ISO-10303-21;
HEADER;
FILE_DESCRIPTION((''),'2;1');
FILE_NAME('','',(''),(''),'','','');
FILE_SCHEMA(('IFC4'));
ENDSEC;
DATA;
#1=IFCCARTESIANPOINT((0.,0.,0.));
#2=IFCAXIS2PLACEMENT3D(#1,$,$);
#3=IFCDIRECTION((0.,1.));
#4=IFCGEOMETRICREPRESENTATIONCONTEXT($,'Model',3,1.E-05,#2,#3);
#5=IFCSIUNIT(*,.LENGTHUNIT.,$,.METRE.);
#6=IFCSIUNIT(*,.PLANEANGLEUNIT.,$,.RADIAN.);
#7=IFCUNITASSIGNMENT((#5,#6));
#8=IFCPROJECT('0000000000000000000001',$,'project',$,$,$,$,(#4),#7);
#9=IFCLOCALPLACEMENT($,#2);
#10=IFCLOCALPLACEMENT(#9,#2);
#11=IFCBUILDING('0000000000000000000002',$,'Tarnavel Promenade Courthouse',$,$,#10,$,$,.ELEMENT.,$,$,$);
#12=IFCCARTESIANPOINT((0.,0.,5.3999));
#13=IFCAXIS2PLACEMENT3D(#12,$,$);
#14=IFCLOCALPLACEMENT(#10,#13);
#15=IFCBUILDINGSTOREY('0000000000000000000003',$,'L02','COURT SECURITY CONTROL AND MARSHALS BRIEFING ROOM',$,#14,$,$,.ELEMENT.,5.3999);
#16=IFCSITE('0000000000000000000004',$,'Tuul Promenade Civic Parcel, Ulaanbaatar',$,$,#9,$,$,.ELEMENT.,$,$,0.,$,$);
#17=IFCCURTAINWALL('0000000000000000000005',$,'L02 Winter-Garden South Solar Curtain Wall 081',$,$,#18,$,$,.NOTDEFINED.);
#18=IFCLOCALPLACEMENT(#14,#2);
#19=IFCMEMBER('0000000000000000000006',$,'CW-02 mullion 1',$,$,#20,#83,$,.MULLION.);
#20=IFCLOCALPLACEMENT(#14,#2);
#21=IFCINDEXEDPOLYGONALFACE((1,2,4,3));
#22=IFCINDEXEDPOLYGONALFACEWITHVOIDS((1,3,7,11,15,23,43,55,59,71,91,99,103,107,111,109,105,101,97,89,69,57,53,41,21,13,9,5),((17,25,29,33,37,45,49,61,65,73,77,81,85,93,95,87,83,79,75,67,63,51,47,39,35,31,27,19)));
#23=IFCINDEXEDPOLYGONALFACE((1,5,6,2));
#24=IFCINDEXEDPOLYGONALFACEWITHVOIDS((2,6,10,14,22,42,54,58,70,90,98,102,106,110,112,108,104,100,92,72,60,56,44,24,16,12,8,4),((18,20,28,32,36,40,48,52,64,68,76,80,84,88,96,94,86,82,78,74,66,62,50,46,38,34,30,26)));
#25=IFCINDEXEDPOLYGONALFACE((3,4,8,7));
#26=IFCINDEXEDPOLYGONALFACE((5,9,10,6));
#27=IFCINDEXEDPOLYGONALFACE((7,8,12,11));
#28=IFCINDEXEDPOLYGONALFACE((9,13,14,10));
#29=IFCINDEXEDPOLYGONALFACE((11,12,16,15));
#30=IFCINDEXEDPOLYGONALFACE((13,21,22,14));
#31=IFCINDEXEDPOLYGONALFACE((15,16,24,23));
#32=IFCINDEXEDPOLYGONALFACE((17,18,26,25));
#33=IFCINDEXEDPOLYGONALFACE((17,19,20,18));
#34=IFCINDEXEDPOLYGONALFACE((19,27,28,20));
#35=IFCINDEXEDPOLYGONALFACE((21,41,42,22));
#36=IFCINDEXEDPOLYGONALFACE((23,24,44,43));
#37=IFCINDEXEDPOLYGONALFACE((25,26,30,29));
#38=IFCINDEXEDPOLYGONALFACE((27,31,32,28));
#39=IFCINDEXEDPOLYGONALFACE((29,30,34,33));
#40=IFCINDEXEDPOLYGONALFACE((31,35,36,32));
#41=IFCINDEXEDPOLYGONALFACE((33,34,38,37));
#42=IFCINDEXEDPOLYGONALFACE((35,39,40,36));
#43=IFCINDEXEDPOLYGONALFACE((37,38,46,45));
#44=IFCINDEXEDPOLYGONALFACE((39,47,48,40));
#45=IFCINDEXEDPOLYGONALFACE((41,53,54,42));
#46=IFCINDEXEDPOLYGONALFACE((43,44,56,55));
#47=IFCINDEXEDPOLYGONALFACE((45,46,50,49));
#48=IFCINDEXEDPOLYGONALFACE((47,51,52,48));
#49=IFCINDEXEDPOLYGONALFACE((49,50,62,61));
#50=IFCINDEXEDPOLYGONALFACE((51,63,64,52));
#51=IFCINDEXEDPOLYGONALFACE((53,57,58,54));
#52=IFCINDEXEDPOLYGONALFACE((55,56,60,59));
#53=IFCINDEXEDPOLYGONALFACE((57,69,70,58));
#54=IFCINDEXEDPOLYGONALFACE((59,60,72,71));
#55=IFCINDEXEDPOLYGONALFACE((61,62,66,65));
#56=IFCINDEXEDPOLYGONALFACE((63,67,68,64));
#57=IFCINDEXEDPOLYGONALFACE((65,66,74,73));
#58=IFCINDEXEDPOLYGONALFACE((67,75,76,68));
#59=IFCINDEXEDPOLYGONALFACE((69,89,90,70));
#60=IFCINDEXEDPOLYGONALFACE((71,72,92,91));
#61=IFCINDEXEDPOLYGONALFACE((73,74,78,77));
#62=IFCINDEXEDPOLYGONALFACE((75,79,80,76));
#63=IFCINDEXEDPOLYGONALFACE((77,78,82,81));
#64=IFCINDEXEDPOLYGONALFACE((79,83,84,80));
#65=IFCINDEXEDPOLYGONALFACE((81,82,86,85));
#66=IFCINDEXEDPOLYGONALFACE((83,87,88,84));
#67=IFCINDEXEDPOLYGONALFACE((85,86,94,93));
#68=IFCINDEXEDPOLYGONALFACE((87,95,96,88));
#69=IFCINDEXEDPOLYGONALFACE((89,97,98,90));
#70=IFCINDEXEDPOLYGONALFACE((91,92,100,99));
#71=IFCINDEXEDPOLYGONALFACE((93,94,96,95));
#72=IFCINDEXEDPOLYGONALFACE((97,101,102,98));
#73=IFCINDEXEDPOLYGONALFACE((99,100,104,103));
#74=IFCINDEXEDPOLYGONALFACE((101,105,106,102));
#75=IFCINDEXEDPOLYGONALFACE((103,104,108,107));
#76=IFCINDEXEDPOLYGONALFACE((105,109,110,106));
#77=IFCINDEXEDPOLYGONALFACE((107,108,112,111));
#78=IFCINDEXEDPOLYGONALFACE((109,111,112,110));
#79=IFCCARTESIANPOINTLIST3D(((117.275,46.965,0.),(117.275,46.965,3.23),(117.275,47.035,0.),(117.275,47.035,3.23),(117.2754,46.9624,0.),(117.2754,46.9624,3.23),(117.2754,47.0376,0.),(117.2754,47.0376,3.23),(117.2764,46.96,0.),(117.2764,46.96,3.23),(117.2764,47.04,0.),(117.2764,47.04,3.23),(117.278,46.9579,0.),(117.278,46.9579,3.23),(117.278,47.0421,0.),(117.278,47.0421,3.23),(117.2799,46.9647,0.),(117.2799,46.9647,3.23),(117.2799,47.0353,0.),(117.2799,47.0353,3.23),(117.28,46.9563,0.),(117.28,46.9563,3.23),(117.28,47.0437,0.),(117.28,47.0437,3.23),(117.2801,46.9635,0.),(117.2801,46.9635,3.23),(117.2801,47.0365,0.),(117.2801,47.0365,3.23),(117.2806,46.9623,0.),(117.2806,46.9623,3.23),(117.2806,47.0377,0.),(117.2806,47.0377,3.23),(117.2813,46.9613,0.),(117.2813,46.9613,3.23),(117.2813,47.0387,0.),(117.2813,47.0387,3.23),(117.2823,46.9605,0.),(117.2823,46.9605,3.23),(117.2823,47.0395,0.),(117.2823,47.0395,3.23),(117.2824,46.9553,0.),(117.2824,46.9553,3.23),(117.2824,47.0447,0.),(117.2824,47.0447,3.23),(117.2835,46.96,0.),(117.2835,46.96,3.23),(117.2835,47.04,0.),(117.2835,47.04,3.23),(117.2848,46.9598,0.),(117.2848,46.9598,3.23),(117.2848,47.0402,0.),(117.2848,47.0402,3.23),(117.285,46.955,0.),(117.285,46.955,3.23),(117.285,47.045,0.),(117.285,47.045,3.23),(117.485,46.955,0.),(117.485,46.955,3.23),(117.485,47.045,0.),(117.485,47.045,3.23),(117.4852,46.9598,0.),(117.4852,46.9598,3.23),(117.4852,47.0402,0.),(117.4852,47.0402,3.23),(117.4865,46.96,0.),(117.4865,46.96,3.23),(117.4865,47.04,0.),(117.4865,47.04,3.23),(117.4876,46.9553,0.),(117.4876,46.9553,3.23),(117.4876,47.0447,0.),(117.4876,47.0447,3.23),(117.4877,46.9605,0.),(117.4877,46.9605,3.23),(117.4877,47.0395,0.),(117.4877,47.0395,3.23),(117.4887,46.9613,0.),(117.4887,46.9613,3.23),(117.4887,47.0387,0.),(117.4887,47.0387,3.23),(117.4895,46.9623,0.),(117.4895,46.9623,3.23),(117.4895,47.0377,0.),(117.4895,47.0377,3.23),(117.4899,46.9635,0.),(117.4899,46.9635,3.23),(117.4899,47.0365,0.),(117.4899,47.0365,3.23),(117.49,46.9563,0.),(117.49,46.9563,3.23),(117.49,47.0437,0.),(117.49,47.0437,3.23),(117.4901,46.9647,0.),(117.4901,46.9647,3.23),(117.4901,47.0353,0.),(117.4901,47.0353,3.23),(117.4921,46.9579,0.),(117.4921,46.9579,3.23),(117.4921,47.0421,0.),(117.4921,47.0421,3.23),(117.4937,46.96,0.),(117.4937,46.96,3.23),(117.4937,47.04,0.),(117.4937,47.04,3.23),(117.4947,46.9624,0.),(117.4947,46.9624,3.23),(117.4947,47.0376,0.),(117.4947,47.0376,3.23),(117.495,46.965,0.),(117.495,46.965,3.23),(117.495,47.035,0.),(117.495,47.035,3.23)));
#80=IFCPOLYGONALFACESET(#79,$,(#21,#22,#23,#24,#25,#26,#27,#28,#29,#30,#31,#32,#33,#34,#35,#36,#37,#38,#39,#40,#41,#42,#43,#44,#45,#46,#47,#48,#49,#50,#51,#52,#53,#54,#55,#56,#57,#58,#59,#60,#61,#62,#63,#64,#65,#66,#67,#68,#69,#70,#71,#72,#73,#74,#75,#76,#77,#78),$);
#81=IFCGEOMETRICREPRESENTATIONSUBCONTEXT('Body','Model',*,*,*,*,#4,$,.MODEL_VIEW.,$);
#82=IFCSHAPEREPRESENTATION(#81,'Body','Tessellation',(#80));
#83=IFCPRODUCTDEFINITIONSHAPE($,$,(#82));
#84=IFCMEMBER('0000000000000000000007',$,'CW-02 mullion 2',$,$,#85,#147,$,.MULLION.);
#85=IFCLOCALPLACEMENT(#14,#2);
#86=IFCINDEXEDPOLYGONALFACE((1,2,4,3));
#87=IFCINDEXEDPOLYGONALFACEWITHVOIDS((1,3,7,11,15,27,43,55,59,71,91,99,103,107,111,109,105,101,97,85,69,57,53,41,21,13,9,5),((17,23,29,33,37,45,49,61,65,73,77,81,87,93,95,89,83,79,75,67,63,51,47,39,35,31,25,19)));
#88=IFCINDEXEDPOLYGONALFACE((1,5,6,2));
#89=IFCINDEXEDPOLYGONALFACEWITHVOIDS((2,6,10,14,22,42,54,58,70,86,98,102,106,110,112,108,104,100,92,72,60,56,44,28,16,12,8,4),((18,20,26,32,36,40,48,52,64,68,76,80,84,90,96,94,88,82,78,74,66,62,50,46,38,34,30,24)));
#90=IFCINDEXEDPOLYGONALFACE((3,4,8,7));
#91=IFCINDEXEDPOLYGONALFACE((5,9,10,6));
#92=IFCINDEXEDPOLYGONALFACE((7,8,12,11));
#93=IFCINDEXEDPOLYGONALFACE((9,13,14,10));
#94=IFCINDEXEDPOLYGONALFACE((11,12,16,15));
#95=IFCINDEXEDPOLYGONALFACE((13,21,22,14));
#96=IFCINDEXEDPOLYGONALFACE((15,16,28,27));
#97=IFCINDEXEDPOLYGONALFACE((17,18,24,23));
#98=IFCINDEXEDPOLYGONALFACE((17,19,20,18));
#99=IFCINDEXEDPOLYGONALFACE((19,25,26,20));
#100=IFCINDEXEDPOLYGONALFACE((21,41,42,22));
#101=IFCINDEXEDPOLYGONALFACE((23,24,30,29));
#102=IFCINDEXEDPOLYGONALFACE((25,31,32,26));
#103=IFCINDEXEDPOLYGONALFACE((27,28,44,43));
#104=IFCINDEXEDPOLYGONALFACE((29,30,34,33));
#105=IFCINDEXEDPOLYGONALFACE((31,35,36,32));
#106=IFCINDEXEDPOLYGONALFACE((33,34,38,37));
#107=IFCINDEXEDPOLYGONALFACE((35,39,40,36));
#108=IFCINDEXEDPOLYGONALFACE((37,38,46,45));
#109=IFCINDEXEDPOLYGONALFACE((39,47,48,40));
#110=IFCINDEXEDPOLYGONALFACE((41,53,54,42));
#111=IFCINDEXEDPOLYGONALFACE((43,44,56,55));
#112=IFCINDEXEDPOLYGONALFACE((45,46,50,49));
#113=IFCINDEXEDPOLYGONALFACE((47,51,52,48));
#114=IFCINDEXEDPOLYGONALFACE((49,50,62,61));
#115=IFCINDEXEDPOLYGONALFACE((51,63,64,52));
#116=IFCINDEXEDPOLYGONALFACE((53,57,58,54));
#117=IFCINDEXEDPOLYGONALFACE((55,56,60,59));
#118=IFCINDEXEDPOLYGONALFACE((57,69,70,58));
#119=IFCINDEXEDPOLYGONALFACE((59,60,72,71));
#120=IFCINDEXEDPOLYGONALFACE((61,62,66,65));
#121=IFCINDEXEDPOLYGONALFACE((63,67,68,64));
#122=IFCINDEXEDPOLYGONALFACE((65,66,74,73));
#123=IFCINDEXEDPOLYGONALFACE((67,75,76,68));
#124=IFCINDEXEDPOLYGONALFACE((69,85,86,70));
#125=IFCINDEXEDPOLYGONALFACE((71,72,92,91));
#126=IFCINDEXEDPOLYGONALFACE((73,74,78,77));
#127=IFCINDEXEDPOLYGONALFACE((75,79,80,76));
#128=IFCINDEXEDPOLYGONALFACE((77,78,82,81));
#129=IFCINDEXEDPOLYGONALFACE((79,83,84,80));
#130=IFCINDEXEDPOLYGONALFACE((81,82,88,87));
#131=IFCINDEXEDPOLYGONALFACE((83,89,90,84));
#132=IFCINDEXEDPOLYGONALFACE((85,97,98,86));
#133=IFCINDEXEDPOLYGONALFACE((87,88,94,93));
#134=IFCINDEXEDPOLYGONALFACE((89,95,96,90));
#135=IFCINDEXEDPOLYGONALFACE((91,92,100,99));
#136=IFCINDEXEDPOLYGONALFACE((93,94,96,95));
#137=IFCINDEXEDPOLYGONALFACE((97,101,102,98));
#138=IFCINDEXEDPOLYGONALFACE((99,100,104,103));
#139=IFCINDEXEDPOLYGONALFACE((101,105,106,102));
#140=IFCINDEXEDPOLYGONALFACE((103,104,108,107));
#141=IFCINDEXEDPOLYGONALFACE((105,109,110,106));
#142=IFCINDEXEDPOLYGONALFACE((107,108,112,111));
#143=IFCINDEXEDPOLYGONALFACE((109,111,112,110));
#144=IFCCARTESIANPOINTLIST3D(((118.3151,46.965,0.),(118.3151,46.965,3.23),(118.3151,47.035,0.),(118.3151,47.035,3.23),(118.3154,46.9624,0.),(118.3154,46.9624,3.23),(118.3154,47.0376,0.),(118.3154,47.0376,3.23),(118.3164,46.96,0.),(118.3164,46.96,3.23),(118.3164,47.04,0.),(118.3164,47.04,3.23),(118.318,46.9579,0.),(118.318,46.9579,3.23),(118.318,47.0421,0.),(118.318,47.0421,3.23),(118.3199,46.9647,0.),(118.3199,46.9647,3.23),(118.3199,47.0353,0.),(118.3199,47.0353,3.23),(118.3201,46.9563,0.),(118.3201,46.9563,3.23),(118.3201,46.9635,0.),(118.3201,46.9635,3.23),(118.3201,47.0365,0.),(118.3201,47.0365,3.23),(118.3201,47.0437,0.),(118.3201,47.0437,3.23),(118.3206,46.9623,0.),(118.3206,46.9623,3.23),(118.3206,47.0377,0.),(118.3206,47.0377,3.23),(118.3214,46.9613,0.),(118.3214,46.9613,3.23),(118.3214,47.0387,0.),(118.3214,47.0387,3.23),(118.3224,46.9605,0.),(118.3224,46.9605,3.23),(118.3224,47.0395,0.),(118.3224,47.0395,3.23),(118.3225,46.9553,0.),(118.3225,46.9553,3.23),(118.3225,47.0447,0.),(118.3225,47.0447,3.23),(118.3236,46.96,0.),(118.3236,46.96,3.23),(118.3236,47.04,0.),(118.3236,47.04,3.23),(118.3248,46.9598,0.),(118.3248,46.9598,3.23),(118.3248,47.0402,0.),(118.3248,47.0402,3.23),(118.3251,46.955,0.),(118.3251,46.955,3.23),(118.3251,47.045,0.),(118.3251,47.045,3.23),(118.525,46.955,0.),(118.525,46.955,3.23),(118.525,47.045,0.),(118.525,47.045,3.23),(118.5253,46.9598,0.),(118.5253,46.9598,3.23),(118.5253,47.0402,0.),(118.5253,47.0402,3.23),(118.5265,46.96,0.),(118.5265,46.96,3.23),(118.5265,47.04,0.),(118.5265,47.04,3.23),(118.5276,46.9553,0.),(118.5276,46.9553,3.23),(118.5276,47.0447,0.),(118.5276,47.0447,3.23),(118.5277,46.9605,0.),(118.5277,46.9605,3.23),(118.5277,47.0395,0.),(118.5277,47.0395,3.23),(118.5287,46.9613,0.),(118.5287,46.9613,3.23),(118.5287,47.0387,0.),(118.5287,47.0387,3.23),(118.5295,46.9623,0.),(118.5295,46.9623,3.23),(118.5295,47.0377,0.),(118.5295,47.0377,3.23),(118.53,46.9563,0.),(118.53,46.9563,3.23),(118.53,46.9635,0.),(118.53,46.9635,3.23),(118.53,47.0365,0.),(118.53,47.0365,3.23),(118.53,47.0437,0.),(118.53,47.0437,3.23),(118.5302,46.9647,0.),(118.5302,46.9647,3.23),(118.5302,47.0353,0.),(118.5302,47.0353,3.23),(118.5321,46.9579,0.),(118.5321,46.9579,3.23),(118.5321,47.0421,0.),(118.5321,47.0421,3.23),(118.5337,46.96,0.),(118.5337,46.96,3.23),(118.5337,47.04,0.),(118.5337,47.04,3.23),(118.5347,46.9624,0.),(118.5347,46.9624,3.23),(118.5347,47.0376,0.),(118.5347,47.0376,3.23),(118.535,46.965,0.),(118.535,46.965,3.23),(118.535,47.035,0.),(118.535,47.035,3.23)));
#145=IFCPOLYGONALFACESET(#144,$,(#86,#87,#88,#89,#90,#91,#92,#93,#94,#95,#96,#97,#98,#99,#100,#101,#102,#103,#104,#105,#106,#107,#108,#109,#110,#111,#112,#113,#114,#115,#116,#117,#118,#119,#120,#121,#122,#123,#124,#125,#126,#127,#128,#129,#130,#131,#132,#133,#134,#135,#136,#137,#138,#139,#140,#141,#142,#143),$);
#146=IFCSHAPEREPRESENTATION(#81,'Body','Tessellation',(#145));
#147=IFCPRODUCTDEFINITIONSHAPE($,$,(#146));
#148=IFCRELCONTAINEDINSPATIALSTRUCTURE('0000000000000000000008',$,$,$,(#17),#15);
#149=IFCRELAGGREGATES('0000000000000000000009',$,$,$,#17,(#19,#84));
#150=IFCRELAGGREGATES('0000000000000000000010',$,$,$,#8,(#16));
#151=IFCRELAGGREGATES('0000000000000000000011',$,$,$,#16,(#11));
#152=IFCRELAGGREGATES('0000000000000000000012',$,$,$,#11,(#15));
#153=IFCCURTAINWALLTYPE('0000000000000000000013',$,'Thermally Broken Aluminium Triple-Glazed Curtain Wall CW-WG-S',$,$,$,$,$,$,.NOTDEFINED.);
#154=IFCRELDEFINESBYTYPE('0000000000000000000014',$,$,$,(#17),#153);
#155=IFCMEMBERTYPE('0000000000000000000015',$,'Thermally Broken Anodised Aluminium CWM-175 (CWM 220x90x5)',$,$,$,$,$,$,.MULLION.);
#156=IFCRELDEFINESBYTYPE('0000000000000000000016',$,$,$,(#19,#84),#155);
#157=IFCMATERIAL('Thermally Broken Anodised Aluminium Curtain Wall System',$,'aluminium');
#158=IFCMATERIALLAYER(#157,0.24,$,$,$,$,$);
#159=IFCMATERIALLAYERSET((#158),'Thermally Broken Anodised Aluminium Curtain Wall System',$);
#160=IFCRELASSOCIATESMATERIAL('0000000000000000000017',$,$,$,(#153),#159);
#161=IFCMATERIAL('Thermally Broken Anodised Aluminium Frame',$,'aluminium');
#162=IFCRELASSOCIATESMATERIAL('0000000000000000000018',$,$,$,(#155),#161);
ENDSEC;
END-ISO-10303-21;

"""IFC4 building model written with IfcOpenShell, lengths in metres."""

from ifc_helpers import new_model, si_unit, direction, frame, origin, origin_2d, place, context, subcontext, project, spatial, hollow_rectangle, extrude, material, layer, layer_set, material_profile, profile_set, type_object, element, aggregate, save


model = new_model("IFC4")

# Units and contexts
model_context = context("Model", 3, precision=1e-05, world=origin(), true_north=direction((0.0, 1.0)))
body_context = subcontext(model_context, "Body", "Model", "MODEL_VIEW")
ifc_project = project(units=[si_unit("LENGTHUNIT", "METRE"), si_unit("PLANEANGLEUNIT", "RADIAN")], contexts=[model_context])

# Site, building, storey
site_placement = place(None, origin())
site = spatial("IfcSite", under=ifc_project, at=site_placement, Name="Tuul Promenade Civic Parcel, Ulaanbaatar", CompositionType="ELEMENT", RefElevation=0.0)
building_placement = place(site_placement, origin())
building = spatial("IfcBuilding", under=site, at=building_placement, Name="Tarnavel Promenade Courthouse", CompositionType="ELEMENT")
storey_placement = place(building_placement, frame((0.0, 0.0, 5.3999)))
storey = spatial("IfcBuildingStorey", under=building, at=storey_placement, Name="L02", Description="COURT SECURITY CONTROL AND MARSHALS BRIEFING ROOM", CompositionType="ELEMENT", Elevation=5.3999)

# Curtain wall, members
ifc_material_1 = material(Name="Thermally Broken Anodised Aluminium Curtain Wall System", Category="aluminium")
ifc_layer_1 = layer(ifc_material_1, 0.24)
ifc_layer_set_1 = layer_set([ifc_layer_1], Name="Thermally Broken Anodised Aluminium Curtain Wall System")
curtain_wall_type = type_object("IfcCurtainWallType", Name="Thermally Broken Aluminium Triple-Glazed Curtain Wall CW-WG-S", PredefinedType="NOTDEFINED", material=ifc_layer_set_1)
ifc_material_2 = material(Name="Thermally Broken Anodised Aluminium Frame", Category="aluminium")
ifc_material_profile_1 = material_profile(ifc_material_2, hollow_rectangle(XDim=0.0901, YDim=0.22, WallThickness=0.0049, InnerFilletRadius=0.0049, OuterFilletRadius=0.01, at=origin_2d()), Name="CWM 220x90x5")
ifc_profile_set_1 = profile_set([ifc_material_profile_1], Name="Thermally Broken Anodised Aluminium Frame")
member_type_1 = type_object("IfcMemberType", Name="Thermally Broken Anodised Aluminium CWM-175 (CWM 220x90x5)", PredefinedType="MULLION", material=ifc_profile_set_1)
curtain_wall_1_placement = place(storey_placement, origin())
curtain_wall_1 = element("IfcCurtainWall", 1, at=curtain_wall_1_placement, inside=storey, type_object=curtain_wall_type, Name="L02 Winter-Garden South Solar Curtain Wall 081", PredefinedType="NOTDEFINED")
member_1_placement = place(storey_placement, frame((117.385, 47.0, 0.0), z_axis=(0.0, 0.0, 1.0), x_axis=(0.0, 1.0, 0.0)))
member_1 = element("IfcMember", 2, at=member_1_placement, type_object=member_type_1, Name="CW-02 mullion 1", PredefinedType="MULLION", context=body_context, shape_type="SweptSolid", body=[
    extrude(hollow_rectangle(XDim=0.0901, YDim=0.22, WallThickness=0.0049, InnerFilletRadius=0.0049, OuterFilletRadius=0.01, at=origin_2d()), origin(), (0.0, 0.0, 1.0), 3.23),
])
member_2_placement = place(storey_placement, frame((118.425, 47.0, 0.0), z_axis=(0.0, 0.0, 1.0), x_axis=(0.0, 1.0, 0.0)))
member_2 = element("IfcMember", 3, at=member_2_placement, type_object=member_type_1, Name="CW-02 mullion 2", PredefinedType="MULLION", context=body_context, shape_type="SweptSolid", body=[
    extrude(hollow_rectangle(XDim=0.0901, YDim=0.22, WallThickness=0.0049, InnerFilletRadius=0.0049, OuterFilletRadius=0.01, at=origin_2d()), origin(), (0.0, 0.0, 1.0), 3.23),
])

aggregate(curtain_wall_1, [member_1, member_2])

save(model, "model.ifc")
